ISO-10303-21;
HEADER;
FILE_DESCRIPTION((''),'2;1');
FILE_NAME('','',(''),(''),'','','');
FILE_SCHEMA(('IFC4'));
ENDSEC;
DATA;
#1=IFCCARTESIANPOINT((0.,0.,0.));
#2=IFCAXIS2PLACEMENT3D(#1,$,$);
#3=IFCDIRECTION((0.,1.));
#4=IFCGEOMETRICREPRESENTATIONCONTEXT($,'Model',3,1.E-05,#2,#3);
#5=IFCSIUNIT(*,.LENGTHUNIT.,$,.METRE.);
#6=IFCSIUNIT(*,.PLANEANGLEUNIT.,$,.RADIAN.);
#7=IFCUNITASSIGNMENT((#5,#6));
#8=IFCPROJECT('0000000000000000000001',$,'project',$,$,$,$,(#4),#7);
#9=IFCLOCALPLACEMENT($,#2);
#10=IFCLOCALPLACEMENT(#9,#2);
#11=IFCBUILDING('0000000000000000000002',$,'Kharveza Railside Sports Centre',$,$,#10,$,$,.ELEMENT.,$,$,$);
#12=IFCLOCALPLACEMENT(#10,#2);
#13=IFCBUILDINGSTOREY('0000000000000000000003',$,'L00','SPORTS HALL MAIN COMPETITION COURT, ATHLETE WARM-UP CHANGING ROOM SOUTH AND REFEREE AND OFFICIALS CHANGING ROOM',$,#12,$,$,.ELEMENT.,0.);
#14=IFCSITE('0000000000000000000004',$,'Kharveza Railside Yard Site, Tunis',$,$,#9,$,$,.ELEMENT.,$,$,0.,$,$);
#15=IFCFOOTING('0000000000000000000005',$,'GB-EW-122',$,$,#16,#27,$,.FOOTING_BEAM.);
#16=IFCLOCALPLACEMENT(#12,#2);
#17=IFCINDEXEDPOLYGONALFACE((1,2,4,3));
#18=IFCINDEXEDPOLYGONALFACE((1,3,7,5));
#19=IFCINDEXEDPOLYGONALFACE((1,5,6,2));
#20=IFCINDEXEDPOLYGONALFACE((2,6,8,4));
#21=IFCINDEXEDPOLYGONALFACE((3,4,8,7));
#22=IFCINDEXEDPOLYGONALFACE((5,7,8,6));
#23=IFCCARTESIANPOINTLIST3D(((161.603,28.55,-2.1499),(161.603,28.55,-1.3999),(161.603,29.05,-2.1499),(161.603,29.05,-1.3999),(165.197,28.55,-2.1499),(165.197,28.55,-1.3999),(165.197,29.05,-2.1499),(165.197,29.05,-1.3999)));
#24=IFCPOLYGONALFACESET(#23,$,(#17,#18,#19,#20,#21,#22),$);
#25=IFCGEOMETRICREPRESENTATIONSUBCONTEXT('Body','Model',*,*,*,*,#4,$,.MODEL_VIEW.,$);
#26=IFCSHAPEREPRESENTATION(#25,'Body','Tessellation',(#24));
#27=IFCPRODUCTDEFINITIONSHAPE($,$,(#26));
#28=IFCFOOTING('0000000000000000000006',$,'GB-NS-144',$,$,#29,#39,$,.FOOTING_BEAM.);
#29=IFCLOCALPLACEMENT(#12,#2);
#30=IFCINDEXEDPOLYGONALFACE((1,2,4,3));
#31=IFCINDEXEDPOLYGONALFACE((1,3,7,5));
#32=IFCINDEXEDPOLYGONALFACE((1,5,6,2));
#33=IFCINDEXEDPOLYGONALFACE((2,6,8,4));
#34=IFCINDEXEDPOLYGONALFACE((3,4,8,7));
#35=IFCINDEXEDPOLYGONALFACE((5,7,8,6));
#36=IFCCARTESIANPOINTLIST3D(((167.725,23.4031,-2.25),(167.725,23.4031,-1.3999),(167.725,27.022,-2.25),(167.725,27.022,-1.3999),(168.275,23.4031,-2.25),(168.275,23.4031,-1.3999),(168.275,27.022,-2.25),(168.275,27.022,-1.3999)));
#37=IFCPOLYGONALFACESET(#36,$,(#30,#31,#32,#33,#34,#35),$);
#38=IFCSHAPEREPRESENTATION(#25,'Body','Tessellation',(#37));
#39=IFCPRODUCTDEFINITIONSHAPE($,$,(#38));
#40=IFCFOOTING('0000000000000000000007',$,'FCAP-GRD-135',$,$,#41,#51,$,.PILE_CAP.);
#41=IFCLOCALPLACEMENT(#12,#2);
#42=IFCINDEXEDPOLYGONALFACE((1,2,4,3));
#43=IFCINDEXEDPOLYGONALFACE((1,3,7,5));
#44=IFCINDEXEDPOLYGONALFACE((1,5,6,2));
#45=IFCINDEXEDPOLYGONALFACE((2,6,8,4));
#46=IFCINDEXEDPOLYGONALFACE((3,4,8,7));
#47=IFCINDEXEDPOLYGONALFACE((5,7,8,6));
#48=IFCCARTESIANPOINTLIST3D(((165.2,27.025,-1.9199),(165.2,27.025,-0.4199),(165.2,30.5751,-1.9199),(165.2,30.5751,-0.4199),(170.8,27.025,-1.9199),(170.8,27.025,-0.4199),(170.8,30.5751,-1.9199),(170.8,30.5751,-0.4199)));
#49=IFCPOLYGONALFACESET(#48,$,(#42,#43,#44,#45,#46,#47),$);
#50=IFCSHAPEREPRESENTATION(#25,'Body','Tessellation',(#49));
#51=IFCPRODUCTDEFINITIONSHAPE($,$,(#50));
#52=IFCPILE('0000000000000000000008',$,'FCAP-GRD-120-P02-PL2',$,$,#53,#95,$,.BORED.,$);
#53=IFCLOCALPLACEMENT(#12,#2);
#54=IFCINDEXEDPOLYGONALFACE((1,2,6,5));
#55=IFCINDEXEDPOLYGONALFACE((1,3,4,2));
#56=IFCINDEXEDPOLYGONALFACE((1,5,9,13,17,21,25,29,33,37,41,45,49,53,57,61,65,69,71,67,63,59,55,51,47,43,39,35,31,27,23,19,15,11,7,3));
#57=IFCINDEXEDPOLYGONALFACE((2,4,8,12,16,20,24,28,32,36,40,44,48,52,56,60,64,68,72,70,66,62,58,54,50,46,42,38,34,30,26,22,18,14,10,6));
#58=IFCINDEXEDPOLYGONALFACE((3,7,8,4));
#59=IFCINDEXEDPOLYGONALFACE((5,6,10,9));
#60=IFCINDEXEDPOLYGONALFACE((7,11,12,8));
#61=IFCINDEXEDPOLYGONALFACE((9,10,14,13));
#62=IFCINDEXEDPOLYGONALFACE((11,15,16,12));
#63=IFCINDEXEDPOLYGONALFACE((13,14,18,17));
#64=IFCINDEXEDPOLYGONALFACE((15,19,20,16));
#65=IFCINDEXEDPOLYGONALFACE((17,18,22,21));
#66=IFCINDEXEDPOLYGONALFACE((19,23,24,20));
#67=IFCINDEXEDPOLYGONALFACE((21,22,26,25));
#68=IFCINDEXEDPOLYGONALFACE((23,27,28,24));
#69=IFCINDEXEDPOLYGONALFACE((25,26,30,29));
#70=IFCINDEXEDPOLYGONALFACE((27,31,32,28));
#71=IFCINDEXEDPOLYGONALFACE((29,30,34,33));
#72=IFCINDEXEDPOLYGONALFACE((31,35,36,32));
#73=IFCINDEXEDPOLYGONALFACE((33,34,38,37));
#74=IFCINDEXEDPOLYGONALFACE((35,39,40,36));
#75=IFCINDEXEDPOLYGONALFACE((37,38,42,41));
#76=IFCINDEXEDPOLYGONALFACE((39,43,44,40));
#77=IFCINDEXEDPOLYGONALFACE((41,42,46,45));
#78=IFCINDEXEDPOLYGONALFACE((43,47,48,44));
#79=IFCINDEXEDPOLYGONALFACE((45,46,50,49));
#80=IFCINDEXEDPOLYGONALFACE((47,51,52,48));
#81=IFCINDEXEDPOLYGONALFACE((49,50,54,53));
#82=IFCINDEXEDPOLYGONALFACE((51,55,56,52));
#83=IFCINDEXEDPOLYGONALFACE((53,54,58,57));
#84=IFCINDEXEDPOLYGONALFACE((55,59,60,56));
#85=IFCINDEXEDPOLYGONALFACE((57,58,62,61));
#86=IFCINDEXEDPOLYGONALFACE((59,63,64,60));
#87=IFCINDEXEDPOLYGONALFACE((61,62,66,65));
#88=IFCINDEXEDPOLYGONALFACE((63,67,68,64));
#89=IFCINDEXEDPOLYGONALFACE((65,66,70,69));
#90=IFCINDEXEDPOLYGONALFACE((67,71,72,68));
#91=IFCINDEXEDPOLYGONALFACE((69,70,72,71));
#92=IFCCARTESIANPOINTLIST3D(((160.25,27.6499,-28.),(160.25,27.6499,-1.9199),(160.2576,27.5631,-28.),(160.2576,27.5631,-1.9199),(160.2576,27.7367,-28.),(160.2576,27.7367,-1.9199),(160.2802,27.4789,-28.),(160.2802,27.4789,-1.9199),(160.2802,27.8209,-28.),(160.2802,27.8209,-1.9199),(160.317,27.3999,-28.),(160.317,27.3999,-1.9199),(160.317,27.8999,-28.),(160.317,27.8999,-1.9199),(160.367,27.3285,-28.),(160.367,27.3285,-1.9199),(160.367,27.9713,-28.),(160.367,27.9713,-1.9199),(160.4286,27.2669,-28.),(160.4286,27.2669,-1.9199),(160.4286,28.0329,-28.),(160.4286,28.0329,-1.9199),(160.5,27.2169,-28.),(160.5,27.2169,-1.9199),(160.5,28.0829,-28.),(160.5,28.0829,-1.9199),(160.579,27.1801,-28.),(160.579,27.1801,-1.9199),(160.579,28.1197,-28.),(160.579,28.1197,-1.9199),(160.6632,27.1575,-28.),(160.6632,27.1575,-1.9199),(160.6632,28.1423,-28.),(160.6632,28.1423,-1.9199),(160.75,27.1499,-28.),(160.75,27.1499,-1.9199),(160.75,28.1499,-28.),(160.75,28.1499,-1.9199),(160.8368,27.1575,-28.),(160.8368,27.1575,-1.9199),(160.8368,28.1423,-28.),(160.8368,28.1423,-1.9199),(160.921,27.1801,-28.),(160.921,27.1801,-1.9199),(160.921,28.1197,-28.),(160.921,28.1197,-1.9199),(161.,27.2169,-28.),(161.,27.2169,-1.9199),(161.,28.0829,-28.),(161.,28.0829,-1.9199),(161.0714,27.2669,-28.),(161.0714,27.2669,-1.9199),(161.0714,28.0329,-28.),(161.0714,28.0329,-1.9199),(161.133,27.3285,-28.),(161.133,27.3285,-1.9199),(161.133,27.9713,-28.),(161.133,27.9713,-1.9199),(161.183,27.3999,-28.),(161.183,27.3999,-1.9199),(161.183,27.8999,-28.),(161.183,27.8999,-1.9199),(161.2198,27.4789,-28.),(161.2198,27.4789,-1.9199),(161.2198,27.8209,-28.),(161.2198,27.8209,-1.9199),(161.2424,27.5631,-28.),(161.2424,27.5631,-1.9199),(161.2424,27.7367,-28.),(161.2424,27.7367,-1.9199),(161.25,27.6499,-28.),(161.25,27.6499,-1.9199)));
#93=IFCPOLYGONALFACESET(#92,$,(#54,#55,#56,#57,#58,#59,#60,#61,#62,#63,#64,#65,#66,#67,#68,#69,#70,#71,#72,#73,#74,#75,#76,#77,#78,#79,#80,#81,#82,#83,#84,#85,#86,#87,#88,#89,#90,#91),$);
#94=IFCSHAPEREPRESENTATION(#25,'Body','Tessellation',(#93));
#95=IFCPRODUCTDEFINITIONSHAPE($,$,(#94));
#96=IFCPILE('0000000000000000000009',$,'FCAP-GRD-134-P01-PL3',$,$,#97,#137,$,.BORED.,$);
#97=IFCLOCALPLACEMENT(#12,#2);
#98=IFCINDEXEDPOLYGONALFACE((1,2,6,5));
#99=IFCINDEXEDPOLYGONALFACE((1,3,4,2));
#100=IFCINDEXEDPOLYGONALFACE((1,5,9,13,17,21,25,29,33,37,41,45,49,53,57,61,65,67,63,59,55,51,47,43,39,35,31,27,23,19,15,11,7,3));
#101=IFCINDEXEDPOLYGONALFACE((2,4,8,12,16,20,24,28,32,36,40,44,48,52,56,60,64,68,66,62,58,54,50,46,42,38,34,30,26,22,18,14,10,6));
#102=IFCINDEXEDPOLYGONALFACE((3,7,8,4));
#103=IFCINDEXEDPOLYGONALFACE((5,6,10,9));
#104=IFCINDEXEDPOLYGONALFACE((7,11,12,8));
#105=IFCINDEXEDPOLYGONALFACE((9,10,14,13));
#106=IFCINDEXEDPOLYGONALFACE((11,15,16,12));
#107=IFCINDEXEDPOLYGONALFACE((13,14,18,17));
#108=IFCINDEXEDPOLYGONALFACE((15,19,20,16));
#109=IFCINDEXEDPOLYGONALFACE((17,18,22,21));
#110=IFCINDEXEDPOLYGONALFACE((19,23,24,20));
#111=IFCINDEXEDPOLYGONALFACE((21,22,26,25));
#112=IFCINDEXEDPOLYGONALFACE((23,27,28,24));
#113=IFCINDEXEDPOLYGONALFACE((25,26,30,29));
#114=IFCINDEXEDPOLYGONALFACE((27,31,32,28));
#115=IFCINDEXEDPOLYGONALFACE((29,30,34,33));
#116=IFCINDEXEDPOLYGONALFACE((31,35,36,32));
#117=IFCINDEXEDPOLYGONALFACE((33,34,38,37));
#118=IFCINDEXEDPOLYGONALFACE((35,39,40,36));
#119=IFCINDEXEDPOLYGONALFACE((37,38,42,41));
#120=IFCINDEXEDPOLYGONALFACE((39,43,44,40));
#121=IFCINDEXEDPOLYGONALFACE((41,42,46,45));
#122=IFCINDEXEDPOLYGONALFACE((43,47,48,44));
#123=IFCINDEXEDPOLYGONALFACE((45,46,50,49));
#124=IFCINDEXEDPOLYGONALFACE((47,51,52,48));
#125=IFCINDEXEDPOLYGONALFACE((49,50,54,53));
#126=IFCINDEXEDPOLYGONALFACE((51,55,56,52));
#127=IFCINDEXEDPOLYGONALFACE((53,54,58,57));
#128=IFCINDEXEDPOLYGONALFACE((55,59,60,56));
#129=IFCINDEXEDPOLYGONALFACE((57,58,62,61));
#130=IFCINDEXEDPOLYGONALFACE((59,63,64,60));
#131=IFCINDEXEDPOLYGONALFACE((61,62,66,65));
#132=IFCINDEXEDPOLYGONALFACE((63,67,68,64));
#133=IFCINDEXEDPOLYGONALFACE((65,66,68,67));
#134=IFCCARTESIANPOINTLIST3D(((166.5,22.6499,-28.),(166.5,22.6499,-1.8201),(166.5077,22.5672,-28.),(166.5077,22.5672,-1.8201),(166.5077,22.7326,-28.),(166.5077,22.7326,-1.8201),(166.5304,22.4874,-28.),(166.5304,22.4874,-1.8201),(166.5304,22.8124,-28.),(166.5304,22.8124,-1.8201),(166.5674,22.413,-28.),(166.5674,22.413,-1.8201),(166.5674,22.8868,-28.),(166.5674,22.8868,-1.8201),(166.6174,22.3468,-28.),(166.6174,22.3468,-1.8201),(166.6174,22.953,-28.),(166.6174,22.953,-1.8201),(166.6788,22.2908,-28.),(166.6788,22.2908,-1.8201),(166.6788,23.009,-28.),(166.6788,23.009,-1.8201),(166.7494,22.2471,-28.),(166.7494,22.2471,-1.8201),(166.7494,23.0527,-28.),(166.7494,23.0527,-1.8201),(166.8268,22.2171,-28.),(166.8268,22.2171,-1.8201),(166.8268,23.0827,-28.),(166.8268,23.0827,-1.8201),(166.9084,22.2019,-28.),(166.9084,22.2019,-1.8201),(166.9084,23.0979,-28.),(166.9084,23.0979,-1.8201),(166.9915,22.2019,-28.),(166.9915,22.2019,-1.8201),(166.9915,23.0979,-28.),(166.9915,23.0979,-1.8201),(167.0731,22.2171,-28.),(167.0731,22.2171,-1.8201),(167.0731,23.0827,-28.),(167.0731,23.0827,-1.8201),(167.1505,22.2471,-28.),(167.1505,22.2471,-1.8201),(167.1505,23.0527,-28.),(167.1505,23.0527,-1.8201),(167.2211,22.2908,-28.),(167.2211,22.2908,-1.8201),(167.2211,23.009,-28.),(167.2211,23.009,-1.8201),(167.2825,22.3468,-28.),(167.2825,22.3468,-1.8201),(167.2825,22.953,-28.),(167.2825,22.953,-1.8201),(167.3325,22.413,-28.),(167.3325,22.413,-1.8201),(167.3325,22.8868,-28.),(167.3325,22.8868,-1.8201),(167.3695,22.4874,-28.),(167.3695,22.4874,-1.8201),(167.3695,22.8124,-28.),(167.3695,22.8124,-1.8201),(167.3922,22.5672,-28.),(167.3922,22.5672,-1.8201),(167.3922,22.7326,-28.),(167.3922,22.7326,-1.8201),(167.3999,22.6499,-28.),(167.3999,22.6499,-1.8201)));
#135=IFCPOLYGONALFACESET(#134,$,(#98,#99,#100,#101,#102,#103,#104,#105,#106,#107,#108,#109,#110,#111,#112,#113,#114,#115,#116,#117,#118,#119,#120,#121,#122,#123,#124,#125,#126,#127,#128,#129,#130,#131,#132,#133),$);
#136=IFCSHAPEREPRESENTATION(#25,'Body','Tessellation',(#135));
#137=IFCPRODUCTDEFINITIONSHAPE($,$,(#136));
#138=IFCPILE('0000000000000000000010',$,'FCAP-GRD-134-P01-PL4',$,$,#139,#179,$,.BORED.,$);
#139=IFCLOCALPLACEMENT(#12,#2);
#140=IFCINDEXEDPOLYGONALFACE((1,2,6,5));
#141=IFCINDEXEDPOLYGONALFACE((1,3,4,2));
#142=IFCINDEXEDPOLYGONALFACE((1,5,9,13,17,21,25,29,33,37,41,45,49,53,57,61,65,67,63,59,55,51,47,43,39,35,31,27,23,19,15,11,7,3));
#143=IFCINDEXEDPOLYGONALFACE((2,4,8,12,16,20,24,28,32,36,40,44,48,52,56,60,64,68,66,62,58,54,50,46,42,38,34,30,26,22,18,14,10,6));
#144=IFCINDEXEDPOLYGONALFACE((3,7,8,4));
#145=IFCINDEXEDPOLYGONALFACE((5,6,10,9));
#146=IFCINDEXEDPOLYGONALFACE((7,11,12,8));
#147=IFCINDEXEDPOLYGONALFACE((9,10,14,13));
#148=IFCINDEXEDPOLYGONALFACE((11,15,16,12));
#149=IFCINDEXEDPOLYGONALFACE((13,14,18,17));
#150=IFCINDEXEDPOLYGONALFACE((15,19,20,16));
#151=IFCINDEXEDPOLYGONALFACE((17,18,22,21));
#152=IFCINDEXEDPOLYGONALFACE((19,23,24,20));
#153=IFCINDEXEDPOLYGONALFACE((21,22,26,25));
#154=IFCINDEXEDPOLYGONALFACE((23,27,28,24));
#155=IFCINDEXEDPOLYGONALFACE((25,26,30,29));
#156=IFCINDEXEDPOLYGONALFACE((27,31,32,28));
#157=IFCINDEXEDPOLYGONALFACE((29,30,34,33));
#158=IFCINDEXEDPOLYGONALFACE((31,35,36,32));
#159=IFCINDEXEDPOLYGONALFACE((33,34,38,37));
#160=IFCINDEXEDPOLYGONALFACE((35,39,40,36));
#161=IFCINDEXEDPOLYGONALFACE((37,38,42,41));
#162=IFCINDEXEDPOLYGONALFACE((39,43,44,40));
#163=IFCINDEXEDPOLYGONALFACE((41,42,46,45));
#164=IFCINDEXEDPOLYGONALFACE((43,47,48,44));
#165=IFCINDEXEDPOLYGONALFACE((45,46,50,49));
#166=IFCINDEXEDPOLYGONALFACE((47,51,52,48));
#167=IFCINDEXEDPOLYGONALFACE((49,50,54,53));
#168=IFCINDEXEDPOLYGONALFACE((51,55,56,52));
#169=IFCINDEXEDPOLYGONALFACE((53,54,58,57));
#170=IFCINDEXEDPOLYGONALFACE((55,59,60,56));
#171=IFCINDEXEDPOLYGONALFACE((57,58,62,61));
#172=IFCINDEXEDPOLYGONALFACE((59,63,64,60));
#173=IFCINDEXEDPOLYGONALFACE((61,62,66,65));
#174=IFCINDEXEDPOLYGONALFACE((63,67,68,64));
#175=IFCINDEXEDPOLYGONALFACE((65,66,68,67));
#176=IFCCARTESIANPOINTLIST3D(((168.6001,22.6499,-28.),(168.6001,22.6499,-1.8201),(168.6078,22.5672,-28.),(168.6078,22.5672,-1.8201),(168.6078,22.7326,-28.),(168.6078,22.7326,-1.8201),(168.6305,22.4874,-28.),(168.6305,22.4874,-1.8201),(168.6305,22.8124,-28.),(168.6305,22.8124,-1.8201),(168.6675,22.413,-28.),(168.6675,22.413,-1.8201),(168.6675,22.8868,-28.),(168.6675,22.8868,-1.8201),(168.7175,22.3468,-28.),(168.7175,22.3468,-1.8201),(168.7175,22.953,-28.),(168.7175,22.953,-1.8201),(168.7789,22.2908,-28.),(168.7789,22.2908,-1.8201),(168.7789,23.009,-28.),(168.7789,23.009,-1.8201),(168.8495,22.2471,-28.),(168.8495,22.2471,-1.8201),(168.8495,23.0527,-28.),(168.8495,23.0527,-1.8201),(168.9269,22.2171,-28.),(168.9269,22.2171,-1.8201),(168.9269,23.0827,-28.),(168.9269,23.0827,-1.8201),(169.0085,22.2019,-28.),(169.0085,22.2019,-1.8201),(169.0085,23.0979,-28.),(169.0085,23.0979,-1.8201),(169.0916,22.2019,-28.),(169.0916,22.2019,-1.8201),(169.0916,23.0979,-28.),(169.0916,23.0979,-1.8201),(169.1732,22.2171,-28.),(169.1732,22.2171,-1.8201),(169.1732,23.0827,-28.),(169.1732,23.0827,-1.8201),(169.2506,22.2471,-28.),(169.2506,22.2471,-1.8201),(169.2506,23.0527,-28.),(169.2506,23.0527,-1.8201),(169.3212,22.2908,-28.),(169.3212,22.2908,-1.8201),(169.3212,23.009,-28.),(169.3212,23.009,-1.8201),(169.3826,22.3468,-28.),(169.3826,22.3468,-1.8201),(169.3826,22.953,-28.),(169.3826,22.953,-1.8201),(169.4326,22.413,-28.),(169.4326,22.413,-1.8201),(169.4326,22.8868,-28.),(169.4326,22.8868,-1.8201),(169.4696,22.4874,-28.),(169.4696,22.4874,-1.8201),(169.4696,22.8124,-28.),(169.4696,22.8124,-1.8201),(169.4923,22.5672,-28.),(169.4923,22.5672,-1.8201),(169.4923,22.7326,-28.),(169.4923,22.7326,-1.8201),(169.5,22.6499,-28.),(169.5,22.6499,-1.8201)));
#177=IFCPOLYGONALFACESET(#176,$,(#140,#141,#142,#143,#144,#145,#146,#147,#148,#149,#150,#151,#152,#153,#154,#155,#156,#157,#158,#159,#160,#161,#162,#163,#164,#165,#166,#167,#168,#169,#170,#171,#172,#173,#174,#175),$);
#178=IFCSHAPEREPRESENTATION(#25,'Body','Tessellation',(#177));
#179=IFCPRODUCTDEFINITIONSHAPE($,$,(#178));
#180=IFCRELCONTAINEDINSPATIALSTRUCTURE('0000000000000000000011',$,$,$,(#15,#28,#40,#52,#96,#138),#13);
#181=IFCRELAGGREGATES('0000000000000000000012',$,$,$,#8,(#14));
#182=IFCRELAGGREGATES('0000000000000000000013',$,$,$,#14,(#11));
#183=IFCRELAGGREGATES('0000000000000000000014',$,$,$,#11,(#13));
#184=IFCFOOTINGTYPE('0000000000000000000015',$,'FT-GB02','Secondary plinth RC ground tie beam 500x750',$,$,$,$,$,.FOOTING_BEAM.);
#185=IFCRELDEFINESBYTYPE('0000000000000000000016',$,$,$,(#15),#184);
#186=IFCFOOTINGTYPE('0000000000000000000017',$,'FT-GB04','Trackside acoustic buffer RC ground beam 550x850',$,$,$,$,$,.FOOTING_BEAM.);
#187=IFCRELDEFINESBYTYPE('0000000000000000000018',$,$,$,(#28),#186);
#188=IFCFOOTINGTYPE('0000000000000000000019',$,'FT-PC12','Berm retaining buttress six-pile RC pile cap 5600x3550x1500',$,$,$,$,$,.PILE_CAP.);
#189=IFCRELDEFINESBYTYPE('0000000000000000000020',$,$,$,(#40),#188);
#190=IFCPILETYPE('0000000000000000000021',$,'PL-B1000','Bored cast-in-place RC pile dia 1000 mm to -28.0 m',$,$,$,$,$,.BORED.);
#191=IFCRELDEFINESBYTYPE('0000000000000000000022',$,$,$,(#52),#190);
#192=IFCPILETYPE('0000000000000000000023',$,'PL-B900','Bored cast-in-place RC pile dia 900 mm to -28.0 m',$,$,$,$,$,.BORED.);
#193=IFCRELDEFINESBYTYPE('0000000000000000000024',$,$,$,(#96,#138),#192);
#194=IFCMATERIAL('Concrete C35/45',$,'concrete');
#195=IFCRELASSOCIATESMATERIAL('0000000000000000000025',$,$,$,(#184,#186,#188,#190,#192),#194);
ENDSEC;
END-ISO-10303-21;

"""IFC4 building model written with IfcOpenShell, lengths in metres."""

from ifc_helpers import new_model, si_unit, direction, frame, origin, origin_2d, place, context, subcontext, project, spatial, rectangle, circle, extrude, material, material_profile, profile_set, type_object, element, save


model = new_model("IFC4")

# Units and contexts
model_context = context("Model", 3, precision=1e-05, world=origin(), true_north=direction((0.0, 1.0)))
body_context = subcontext(model_context, "Body", "Model", "MODEL_VIEW")
ifc_project = project(units=[si_unit("LENGTHUNIT", "METRE"), si_unit("PLANEANGLEUNIT", "RADIAN")], contexts=[model_context])

# Site, building, storey
site_placement = place(None, origin())
site = spatial("IfcSite", under=ifc_project, at=site_placement, Name="Kharveza Railside Yard Site, Tunis", CompositionType="ELEMENT", RefElevation=0.0)
building_placement = place(site_placement, origin())
building = spatial("IfcBuilding", under=site, at=building_placement, Name="Kharveza Railside Sports Centre", CompositionType="ELEMENT")
storey_placement = place(building_placement, origin())
storey = spatial("IfcBuildingStorey", under=building, at=storey_placement, Name="L00", Description="SPORTS HALL MAIN COMPETITION COURT, ATHLETE WARM-UP CHANGING ROOM SOUTH AND REFEREE AND OFFICIALS CHANGING ROOM", CompositionType="ELEMENT", Elevation=0.0)

# Footings
ifc_material_1 = material(Name="Concrete C35/45", Category="concrete")
ifc_material_profile_1 = material_profile(ifc_material_1, rectangle(XDim=0.5, YDim=0.75, at=origin_2d()), Name="GB 500x750")
ifc_profile_set_1 = profile_set([ifc_material_profile_1], Name="Concrete C35/45")
footing_type_1 = type_object("IfcFootingType", Name="FT-GB02", Description="Secondary plinth RC ground tie beam 500x750", PredefinedType="FOOTING_BEAM", material=ifc_profile_set_1)
footing_1_placement = place(storey_placement, frame((161.603, 28.8, -1.7749), z_axis=(1.0, 0.0, 0.0), x_axis=(0.0, 1.0, 0.0)))
element("IfcFooting", 1, at=footing_1_placement, inside=storey, type_object=footing_type_1, Name="GB-EW-122", PredefinedType="FOOTING_BEAM", context=body_context, shape_type="SweptSolid", body=[
    extrude(rectangle(XDim=0.5, YDim=0.75, at=origin_2d()), origin(), (0.0, 0.0, 1.0), 3.594),
])
ifc_material_profile_2 = material_profile(ifc_material_1, rectangle(XDim=0.55, YDim=0.8501, at=origin_2d()), Name="GB 550x850")
ifc_profile_set_2 = profile_set([ifc_material_profile_2], Name="Concrete C35/45")
footing_type_2 = type_object("IfcFootingType", Name="FT-GB04", Description="Trackside acoustic buffer RC ground beam 550x850", PredefinedType="FOOTING_BEAM", material=ifc_profile_set_2)
footing_2_placement = place(storey_placement, frame((168.0, 23.4031, -1.825), z_axis=(0.0, 1.0, 0.0), x_axis=(-1.0, 0.0, 0.0)))
element("IfcFooting", 2, at=footing_2_placement, inside=storey, type_object=footing_type_2, Name="GB-NS-144", PredefinedType="FOOTING_BEAM", context=body_context, shape_type="SweptSolid", body=[
    extrude(rectangle(XDim=0.55, YDim=0.8501, at=origin_2d()), origin(), (0.0, 0.0, 1.0), 3.6189),
])
footing_type_3 = type_object("IfcFootingType", Name="FT-PC12", Description="Berm retaining buttress six-pile RC pile cap 5600x3550x1500", PredefinedType="PILE_CAP", material=ifc_material_1)
footing_3_placement = place(storey_placement, frame((168.0, 28.8, -1.9199), z_axis=(0.0, 0.0, 1.0), x_axis=(1.0, 0.0, 0.0)))
element("IfcFooting", 3, at=footing_3_placement, inside=storey, type_object=footing_type_3, Name="FCAP-GRD-135", PredefinedType="PILE_CAP", context=body_context, shape_type="SweptSolid", body=[
    extrude(rectangle(XDim=5.6001, YDim=3.55, at=origin_2d()), origin(), (0.0, 0.0, 1.0), 1.5),
])

# Piles
ifc_material_profile_3 = material_profile(ifc_material_1, circle(Radius=0.5, at=origin_2d()), Name="PILE D1000")
ifc_profile_set_3 = profile_set([ifc_material_profile_3], Name="Concrete C35/45")
pile_type_1 = type_object("IfcPileType", Name="PL-B1000", Description="Bored cast-in-place RC pile dia 1000 mm to -28.0 m", PredefinedType="BORED", material=ifc_profile_set_3)
pile_placement = place(storey_placement, frame((160.75, 27.6499, -1.9199), z_axis=(0.0, 0.0, -1.0), x_axis=(1.0, 0.0, 0.0)))
element("IfcPile", 4, at=pile_placement, inside=storey, type_object=pile_type_1, Name="FCAP-GRD-120-P02-PL2", PredefinedType="BORED", context=body_context, shape_type="SweptSolid", body=[
    extrude(circle(Radius=0.5, at=origin_2d()), origin(), (0.0, 0.0, 1.0), 26.0801),
])
ifc_material_profile_4 = material_profile(ifc_material_1, circle(Radius=0.45, at=origin_2d()), Name="PILE D900")
ifc_profile_set_4 = profile_set([ifc_material_profile_4], Name="Concrete C35/45")
pile_type_2 = type_object("IfcPileType", Name="PL-B900", Description="Bored cast-in-place RC pile dia 900 mm to -28.0 m", PredefinedType="BORED", material=ifc_profile_set_4)
for number, where, z_axis, x_axis, name in (
    (5, (166.95, 22.6499, -1.8201), (0.0, 0.0, -1.0), (1.0, 0.0, 0.0), "FCAP-GRD-134-P01-PL3"),
    (6, (169.05, 22.6499, -1.8201), (0.0, 0.0, -1.0), (1.0, 0.0, 0.0), "FCAP-GRD-134-P01-PL4"),
):
    element("IfcPile", number, at=place(storey_placement, frame(where, z_axis=z_axis, x_axis=x_axis)), inside=storey, type_object=pile_type_2, Name=name, PredefinedType="BORED", context=body_context, shape_type="SweptSolid", body=[
        extrude(circle(Radius=0.45, at=origin_2d()), origin(), (0.0, 0.0, 1.0), 26.1799),
    ])

save(model, "model.ifc")
